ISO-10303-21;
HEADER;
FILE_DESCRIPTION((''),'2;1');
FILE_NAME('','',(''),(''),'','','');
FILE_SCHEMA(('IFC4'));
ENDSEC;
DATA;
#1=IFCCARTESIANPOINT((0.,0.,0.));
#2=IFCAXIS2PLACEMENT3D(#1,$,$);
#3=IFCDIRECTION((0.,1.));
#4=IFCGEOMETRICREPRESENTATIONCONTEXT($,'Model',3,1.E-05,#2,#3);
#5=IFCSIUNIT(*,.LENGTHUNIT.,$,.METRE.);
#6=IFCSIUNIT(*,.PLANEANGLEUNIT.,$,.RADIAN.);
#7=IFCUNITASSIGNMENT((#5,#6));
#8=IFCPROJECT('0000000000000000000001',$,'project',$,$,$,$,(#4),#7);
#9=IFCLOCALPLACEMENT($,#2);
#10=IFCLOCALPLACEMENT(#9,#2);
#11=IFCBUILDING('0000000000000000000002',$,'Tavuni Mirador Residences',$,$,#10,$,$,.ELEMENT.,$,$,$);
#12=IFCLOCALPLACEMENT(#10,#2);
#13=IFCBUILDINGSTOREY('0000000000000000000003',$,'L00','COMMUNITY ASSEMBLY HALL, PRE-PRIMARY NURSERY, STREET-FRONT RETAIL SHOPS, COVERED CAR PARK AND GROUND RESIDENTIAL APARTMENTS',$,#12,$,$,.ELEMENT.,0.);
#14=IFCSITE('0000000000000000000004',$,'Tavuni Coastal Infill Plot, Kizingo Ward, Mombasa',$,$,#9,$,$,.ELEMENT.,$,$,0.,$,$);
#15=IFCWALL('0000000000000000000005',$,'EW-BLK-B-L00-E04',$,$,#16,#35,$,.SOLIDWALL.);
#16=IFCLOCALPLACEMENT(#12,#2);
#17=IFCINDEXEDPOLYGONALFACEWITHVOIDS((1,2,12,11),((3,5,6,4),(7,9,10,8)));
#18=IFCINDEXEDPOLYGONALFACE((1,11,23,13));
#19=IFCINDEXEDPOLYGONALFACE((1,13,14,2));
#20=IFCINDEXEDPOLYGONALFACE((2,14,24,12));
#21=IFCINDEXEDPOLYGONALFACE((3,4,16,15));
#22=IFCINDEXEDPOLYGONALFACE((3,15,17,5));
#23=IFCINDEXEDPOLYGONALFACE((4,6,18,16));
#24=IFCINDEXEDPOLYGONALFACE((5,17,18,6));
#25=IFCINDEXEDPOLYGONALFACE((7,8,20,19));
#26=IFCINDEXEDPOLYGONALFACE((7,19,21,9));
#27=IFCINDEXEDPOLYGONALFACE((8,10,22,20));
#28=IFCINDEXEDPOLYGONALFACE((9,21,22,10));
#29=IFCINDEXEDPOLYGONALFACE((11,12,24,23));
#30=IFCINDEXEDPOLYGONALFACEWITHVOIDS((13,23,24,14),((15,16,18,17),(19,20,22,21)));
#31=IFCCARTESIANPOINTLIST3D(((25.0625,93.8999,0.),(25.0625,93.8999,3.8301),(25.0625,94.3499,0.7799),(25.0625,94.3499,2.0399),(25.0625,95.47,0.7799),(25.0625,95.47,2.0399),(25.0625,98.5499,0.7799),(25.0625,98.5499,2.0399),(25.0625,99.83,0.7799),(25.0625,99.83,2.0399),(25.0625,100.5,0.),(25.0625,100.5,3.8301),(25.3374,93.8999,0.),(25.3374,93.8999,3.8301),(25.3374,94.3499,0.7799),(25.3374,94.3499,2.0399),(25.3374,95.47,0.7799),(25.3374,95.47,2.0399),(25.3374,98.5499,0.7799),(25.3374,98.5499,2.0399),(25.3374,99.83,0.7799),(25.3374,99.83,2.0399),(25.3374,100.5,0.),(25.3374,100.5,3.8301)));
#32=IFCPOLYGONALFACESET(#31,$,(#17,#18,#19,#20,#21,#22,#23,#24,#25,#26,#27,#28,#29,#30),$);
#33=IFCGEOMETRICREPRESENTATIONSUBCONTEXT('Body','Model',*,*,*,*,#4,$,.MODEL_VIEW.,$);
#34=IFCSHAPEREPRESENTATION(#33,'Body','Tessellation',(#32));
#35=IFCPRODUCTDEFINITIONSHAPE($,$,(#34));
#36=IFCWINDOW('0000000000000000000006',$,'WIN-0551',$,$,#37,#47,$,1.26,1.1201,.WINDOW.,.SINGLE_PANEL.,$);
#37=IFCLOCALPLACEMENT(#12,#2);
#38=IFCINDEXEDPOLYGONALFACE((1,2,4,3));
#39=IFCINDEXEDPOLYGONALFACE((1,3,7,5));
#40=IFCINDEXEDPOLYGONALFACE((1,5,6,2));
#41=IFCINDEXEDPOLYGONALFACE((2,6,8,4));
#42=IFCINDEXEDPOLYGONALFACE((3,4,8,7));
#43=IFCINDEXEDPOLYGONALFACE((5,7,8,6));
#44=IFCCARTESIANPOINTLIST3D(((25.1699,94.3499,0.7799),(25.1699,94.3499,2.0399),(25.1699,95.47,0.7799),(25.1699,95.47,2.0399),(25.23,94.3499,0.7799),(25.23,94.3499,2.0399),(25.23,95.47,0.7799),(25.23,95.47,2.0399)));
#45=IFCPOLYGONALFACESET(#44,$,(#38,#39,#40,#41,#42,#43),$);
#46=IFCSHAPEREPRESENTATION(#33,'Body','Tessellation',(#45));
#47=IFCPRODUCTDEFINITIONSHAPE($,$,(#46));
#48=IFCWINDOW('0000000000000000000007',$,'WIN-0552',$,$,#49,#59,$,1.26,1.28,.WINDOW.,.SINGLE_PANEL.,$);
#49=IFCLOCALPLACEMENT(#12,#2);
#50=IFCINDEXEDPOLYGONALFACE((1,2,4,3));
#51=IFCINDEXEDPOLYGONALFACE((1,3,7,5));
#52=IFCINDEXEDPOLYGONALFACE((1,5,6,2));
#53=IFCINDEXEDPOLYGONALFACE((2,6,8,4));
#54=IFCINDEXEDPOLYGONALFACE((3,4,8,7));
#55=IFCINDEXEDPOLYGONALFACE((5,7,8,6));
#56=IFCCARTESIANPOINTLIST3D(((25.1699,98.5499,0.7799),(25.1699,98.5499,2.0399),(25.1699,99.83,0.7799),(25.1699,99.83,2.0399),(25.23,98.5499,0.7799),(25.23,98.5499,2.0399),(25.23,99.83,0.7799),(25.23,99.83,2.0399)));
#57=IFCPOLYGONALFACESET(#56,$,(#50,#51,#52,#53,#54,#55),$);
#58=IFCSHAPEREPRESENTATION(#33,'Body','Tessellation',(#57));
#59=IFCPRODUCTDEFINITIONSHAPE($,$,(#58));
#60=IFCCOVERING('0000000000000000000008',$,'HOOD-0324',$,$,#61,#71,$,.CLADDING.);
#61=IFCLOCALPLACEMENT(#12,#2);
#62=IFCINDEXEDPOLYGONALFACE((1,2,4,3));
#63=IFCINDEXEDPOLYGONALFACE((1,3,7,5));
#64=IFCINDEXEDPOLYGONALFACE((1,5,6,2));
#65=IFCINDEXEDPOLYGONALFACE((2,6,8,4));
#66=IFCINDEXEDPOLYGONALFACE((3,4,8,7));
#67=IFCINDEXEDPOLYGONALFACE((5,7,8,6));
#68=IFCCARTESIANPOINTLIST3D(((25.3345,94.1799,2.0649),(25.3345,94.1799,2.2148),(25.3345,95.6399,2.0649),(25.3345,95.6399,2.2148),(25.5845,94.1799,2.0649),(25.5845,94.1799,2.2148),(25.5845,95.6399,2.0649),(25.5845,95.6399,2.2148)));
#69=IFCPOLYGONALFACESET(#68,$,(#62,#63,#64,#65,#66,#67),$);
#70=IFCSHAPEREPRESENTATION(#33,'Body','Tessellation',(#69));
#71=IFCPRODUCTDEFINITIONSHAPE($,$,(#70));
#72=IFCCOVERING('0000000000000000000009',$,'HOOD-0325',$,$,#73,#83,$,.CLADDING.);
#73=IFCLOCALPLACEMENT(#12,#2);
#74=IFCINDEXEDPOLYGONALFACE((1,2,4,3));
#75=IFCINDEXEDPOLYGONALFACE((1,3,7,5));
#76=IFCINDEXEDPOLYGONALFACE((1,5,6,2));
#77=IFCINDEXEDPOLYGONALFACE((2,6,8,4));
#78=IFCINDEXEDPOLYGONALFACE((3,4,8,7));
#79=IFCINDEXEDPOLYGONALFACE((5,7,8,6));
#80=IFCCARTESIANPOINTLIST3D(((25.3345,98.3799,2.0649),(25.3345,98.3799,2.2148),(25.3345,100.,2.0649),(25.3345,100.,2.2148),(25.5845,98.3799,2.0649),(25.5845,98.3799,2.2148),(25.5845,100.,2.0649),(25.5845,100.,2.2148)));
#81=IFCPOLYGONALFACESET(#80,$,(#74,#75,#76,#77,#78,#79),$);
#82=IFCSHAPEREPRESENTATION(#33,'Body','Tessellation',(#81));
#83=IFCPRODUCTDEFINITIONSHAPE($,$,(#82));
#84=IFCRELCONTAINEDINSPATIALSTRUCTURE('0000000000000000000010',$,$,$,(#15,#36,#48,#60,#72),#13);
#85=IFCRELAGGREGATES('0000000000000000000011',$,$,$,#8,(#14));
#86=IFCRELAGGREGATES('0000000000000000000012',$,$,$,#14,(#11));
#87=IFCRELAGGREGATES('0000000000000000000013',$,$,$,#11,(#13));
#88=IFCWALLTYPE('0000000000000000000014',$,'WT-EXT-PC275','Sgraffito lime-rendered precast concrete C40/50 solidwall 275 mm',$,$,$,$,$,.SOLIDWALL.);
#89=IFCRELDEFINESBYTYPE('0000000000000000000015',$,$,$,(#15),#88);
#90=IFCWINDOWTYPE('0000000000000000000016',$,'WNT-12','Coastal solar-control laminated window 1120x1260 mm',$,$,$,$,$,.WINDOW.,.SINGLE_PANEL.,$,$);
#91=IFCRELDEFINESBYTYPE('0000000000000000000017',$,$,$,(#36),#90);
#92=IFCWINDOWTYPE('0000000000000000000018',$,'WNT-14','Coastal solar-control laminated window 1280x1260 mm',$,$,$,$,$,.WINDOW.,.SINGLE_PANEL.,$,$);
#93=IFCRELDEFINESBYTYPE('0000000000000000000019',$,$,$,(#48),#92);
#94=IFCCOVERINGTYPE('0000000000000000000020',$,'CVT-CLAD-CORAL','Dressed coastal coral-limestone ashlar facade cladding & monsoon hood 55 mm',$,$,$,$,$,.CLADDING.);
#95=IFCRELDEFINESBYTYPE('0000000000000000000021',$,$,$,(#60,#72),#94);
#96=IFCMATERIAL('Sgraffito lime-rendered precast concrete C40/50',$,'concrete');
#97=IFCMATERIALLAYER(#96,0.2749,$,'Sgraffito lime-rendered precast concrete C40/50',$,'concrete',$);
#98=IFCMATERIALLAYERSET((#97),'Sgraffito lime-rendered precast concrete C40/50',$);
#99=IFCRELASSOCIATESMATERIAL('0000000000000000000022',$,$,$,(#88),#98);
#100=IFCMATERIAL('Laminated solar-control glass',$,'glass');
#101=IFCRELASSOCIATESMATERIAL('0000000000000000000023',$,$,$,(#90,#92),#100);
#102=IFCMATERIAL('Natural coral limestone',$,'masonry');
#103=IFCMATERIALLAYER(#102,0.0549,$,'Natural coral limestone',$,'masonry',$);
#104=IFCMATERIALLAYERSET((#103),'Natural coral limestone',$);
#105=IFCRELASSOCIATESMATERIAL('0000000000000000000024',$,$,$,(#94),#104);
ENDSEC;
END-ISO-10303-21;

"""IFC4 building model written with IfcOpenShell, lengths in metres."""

from ifc_helpers import new_model, si_unit, direction, frame, frame_2d, origin, origin_2d, place, context, subcontext, project, spatial, rectangle, extrude, material, layer, layer_set, type_object, element, fill, save


model = new_model("IFC4")

# Units and contexts
model_context = context("Model", 3, precision=1e-05, world=origin(), true_north=direction((0.0, 1.0)))
body_context = subcontext(model_context, "Body", "Model", "MODEL_VIEW")
ifc_project = project(units=[si_unit("LENGTHUNIT", "METRE"), si_unit("PLANEANGLEUNIT", "RADIAN")], contexts=[model_context])

# Site, building, storey
site_placement = place(None, origin())
site = spatial("IfcSite", under=ifc_project, at=site_placement, Name="Tavuni Coastal Infill Plot, Kizingo Ward, Mombasa", CompositionType="ELEMENT", RefElevation=0.0)
building_placement = place(site_placement, origin())
building = spatial("IfcBuilding", under=site, at=building_placement, Name="Tavuni Mirador Residences", CompositionType="ELEMENT")
storey_placement = place(building_placement, origin())
storey = spatial("IfcBuildingStorey", under=building, at=storey_placement, Name="L00", Description="COMMUNITY ASSEMBLY HALL, PRE-PRIMARY NURSERY, STREET-FRONT RETAIL SHOPS, COVERED CAR PARK AND GROUND RESIDENTIAL APARTMENTS", CompositionType="ELEMENT", Elevation=0.0)

# Wall, openings, windows
ifc_material_1 = material(Name="Sgraffito lime-rendered precast concrete C40/50", Category="concrete")
ifc_layer_1 = layer(ifc_material_1, 0.2749, Name="Sgraffito lime-rendered precast concrete C40/50", Category="concrete")
ifc_layer_set_1 = layer_set([ifc_layer_1], Name="Sgraffito lime-rendered precast concrete C40/50")
wall_type = type_object("IfcWallType", Name="WT-EXT-PC275", Description="Sgraffito lime-rendered precast concrete C40/50 solidwall 275 mm", PredefinedType="SOLIDWALL", material=ifc_layer_set_1)
wall_placement = place(storey_placement, frame((25.2, 93.8999, 0.0), z_axis=(0.0, 0.0, 1.0), x_axis=(0.0, 1.0, 0.0)))
wall = element("IfcWall", 1, at=wall_placement, inside=storey, type_object=wall_type, Name="EW-BLK-B-L00-E04", PredefinedType="SOLIDWALL", context=body_context, shape_type="SweptSolid", body=[
    extrude(rectangle(XDim=6.6001, YDim=0.2749, at=frame_2d((3.3, 0.0))), origin(), (0.0, 0.0, 1.0), 3.8301),
])
opening_1_placement = place(wall_placement, frame((0.45, 0.0, 0.78)))
opening_1 = element("IfcOpeningElement", 2, at=opening_1_placement, cuts=wall, PredefinedType="OPENING", context=body_context, shape_type="SweptSolid", body=[
    extrude(rectangle(XDim=1.1201, YDim=1.26, at=frame_2d((0.5601, 0.6299))), frame((0.0, 0.1475, 0.0), z_axis=(0.0, -1.0, 0.0), x_axis=(1.0, 0.0, 0.0)), (0.0, 0.0, 1.0), 0.2949),
])
opening_2_placement = place(wall_placement, frame((4.6499, 0.0, 0.78)))
opening_2 = element("IfcOpeningElement", 3, at=opening_2_placement, cuts=wall, PredefinedType="OPENING", context=body_context, shape_type="SweptSolid", body=[
    extrude(rectangle(XDim=1.28, YDim=1.26, at=frame_2d((0.6401, 0.6299))), frame((0.0, 0.1475, 0.0), z_axis=(0.0, -1.0, 0.0), x_axis=(1.0, 0.0, 0.0)), (0.0, 0.0, 1.0), 0.2949),
])
ifc_material_2 = material(Name="Laminated solar-control glass", Category="glass")
window_type_1 = type_object("IfcWindowType", Name="WNT-12", Description="Coastal solar-control laminated window 1120x1260 mm", PartitioningType="SINGLE_PANEL", PredefinedType="WINDOW", material=ifc_material_2)
window_1_placement = place(opening_1_placement, origin())
window_1 = element("IfcWindow", 4, at=window_1_placement, inside=storey, type_object=window_type_1, Name="WIN-0551", OverallHeight=1.26, OverallWidth=1.1201, PartitioningType="SINGLE_PANEL", PredefinedType="WINDOW", context=body_context, shape_type="SweptSolid", body=[
    extrude(rectangle(XDim=1.1201, YDim=1.26, at=frame_2d((0.5601, 0.6299))), frame((0.0, 0.03, 0.0), z_axis=(0.0, -1.0, 0.0), x_axis=(1.0, 0.0, 0.0)), (0.0, 0.0, 1.0), 0.0601),
])
fill(opening_1, window_1)
window_type_2 = type_object("IfcWindowType", Name="WNT-14", Description="Coastal solar-control laminated window 1280x1260 mm", PartitioningType="SINGLE_PANEL", PredefinedType="WINDOW", material=ifc_material_2)
window_2_placement = place(opening_2_placement, origin())
window_2 = element("IfcWindow", 5, at=window_2_placement, inside=storey, type_object=window_type_2, Name="WIN-0552", OverallHeight=1.26, OverallWidth=1.28, PartitioningType="SINGLE_PANEL", PredefinedType="WINDOW", context=body_context, shape_type="SweptSolid", body=[
    extrude(rectangle(XDim=1.28, YDim=1.26, at=frame_2d((0.6401, 0.6299))), frame((0.0, 0.03, 0.0), z_axis=(0.0, -1.0, 0.0), x_axis=(1.0, 0.0, 0.0)), (0.0, 0.0, 1.0), 0.0601),
])
fill(opening_2, window_2)

# Coverings
ifc_material_3 = material(Name="Natural coral limestone", Category="masonry")
ifc_layer_2 = layer(ifc_material_3, 0.0549, Name="Natural coral limestone", Category="masonry")
ifc_layer_set_2 = layer_set([ifc_layer_2], Name="Natural coral limestone")
covering_type = type_object("IfcCoveringType", Name="CVT-CLAD-CORAL", Description="Dressed coastal coral-limestone ashlar facade cladding & monsoon hood 55 mm", PredefinedType="CLADDING", material=ifc_layer_set_2)
covering_1_placement = place(storey_placement, frame((25.4595, 94.9099, 2.0649), z_axis=(0.0, 0.0, 1.0), x_axis=(0.0, 1.0, 0.0)))
element("IfcCovering", 6, at=covering_1_placement, inside=storey, type_object=covering_type, Name="HOOD-0324", PredefinedType="CLADDING", context=body_context, shape_type="SweptSolid", body=[
    extrude(rectangle(XDim=1.46, YDim=0.25, at=origin_2d()), origin(), (0.0, 0.0, 1.0), 0.1499),
])
covering_2_placement = place(storey_placement, frame((25.4595, 99.1899, 2.0649), z_axis=(0.0, 0.0, 1.0), x_axis=(0.0, 1.0, 0.0)))
element("IfcCovering", 7, at=covering_2_placement, inside=storey, type_object=covering_type, Name="HOOD-0325", PredefinedType="CLADDING", context=body_context, shape_type="SweptSolid", body=[
    extrude(rectangle(XDim=1.6201, YDim=0.25, at=origin_2d()), origin(), (0.0, 0.0, 1.0), 0.1499),
])

save(model, "model.ifc")
